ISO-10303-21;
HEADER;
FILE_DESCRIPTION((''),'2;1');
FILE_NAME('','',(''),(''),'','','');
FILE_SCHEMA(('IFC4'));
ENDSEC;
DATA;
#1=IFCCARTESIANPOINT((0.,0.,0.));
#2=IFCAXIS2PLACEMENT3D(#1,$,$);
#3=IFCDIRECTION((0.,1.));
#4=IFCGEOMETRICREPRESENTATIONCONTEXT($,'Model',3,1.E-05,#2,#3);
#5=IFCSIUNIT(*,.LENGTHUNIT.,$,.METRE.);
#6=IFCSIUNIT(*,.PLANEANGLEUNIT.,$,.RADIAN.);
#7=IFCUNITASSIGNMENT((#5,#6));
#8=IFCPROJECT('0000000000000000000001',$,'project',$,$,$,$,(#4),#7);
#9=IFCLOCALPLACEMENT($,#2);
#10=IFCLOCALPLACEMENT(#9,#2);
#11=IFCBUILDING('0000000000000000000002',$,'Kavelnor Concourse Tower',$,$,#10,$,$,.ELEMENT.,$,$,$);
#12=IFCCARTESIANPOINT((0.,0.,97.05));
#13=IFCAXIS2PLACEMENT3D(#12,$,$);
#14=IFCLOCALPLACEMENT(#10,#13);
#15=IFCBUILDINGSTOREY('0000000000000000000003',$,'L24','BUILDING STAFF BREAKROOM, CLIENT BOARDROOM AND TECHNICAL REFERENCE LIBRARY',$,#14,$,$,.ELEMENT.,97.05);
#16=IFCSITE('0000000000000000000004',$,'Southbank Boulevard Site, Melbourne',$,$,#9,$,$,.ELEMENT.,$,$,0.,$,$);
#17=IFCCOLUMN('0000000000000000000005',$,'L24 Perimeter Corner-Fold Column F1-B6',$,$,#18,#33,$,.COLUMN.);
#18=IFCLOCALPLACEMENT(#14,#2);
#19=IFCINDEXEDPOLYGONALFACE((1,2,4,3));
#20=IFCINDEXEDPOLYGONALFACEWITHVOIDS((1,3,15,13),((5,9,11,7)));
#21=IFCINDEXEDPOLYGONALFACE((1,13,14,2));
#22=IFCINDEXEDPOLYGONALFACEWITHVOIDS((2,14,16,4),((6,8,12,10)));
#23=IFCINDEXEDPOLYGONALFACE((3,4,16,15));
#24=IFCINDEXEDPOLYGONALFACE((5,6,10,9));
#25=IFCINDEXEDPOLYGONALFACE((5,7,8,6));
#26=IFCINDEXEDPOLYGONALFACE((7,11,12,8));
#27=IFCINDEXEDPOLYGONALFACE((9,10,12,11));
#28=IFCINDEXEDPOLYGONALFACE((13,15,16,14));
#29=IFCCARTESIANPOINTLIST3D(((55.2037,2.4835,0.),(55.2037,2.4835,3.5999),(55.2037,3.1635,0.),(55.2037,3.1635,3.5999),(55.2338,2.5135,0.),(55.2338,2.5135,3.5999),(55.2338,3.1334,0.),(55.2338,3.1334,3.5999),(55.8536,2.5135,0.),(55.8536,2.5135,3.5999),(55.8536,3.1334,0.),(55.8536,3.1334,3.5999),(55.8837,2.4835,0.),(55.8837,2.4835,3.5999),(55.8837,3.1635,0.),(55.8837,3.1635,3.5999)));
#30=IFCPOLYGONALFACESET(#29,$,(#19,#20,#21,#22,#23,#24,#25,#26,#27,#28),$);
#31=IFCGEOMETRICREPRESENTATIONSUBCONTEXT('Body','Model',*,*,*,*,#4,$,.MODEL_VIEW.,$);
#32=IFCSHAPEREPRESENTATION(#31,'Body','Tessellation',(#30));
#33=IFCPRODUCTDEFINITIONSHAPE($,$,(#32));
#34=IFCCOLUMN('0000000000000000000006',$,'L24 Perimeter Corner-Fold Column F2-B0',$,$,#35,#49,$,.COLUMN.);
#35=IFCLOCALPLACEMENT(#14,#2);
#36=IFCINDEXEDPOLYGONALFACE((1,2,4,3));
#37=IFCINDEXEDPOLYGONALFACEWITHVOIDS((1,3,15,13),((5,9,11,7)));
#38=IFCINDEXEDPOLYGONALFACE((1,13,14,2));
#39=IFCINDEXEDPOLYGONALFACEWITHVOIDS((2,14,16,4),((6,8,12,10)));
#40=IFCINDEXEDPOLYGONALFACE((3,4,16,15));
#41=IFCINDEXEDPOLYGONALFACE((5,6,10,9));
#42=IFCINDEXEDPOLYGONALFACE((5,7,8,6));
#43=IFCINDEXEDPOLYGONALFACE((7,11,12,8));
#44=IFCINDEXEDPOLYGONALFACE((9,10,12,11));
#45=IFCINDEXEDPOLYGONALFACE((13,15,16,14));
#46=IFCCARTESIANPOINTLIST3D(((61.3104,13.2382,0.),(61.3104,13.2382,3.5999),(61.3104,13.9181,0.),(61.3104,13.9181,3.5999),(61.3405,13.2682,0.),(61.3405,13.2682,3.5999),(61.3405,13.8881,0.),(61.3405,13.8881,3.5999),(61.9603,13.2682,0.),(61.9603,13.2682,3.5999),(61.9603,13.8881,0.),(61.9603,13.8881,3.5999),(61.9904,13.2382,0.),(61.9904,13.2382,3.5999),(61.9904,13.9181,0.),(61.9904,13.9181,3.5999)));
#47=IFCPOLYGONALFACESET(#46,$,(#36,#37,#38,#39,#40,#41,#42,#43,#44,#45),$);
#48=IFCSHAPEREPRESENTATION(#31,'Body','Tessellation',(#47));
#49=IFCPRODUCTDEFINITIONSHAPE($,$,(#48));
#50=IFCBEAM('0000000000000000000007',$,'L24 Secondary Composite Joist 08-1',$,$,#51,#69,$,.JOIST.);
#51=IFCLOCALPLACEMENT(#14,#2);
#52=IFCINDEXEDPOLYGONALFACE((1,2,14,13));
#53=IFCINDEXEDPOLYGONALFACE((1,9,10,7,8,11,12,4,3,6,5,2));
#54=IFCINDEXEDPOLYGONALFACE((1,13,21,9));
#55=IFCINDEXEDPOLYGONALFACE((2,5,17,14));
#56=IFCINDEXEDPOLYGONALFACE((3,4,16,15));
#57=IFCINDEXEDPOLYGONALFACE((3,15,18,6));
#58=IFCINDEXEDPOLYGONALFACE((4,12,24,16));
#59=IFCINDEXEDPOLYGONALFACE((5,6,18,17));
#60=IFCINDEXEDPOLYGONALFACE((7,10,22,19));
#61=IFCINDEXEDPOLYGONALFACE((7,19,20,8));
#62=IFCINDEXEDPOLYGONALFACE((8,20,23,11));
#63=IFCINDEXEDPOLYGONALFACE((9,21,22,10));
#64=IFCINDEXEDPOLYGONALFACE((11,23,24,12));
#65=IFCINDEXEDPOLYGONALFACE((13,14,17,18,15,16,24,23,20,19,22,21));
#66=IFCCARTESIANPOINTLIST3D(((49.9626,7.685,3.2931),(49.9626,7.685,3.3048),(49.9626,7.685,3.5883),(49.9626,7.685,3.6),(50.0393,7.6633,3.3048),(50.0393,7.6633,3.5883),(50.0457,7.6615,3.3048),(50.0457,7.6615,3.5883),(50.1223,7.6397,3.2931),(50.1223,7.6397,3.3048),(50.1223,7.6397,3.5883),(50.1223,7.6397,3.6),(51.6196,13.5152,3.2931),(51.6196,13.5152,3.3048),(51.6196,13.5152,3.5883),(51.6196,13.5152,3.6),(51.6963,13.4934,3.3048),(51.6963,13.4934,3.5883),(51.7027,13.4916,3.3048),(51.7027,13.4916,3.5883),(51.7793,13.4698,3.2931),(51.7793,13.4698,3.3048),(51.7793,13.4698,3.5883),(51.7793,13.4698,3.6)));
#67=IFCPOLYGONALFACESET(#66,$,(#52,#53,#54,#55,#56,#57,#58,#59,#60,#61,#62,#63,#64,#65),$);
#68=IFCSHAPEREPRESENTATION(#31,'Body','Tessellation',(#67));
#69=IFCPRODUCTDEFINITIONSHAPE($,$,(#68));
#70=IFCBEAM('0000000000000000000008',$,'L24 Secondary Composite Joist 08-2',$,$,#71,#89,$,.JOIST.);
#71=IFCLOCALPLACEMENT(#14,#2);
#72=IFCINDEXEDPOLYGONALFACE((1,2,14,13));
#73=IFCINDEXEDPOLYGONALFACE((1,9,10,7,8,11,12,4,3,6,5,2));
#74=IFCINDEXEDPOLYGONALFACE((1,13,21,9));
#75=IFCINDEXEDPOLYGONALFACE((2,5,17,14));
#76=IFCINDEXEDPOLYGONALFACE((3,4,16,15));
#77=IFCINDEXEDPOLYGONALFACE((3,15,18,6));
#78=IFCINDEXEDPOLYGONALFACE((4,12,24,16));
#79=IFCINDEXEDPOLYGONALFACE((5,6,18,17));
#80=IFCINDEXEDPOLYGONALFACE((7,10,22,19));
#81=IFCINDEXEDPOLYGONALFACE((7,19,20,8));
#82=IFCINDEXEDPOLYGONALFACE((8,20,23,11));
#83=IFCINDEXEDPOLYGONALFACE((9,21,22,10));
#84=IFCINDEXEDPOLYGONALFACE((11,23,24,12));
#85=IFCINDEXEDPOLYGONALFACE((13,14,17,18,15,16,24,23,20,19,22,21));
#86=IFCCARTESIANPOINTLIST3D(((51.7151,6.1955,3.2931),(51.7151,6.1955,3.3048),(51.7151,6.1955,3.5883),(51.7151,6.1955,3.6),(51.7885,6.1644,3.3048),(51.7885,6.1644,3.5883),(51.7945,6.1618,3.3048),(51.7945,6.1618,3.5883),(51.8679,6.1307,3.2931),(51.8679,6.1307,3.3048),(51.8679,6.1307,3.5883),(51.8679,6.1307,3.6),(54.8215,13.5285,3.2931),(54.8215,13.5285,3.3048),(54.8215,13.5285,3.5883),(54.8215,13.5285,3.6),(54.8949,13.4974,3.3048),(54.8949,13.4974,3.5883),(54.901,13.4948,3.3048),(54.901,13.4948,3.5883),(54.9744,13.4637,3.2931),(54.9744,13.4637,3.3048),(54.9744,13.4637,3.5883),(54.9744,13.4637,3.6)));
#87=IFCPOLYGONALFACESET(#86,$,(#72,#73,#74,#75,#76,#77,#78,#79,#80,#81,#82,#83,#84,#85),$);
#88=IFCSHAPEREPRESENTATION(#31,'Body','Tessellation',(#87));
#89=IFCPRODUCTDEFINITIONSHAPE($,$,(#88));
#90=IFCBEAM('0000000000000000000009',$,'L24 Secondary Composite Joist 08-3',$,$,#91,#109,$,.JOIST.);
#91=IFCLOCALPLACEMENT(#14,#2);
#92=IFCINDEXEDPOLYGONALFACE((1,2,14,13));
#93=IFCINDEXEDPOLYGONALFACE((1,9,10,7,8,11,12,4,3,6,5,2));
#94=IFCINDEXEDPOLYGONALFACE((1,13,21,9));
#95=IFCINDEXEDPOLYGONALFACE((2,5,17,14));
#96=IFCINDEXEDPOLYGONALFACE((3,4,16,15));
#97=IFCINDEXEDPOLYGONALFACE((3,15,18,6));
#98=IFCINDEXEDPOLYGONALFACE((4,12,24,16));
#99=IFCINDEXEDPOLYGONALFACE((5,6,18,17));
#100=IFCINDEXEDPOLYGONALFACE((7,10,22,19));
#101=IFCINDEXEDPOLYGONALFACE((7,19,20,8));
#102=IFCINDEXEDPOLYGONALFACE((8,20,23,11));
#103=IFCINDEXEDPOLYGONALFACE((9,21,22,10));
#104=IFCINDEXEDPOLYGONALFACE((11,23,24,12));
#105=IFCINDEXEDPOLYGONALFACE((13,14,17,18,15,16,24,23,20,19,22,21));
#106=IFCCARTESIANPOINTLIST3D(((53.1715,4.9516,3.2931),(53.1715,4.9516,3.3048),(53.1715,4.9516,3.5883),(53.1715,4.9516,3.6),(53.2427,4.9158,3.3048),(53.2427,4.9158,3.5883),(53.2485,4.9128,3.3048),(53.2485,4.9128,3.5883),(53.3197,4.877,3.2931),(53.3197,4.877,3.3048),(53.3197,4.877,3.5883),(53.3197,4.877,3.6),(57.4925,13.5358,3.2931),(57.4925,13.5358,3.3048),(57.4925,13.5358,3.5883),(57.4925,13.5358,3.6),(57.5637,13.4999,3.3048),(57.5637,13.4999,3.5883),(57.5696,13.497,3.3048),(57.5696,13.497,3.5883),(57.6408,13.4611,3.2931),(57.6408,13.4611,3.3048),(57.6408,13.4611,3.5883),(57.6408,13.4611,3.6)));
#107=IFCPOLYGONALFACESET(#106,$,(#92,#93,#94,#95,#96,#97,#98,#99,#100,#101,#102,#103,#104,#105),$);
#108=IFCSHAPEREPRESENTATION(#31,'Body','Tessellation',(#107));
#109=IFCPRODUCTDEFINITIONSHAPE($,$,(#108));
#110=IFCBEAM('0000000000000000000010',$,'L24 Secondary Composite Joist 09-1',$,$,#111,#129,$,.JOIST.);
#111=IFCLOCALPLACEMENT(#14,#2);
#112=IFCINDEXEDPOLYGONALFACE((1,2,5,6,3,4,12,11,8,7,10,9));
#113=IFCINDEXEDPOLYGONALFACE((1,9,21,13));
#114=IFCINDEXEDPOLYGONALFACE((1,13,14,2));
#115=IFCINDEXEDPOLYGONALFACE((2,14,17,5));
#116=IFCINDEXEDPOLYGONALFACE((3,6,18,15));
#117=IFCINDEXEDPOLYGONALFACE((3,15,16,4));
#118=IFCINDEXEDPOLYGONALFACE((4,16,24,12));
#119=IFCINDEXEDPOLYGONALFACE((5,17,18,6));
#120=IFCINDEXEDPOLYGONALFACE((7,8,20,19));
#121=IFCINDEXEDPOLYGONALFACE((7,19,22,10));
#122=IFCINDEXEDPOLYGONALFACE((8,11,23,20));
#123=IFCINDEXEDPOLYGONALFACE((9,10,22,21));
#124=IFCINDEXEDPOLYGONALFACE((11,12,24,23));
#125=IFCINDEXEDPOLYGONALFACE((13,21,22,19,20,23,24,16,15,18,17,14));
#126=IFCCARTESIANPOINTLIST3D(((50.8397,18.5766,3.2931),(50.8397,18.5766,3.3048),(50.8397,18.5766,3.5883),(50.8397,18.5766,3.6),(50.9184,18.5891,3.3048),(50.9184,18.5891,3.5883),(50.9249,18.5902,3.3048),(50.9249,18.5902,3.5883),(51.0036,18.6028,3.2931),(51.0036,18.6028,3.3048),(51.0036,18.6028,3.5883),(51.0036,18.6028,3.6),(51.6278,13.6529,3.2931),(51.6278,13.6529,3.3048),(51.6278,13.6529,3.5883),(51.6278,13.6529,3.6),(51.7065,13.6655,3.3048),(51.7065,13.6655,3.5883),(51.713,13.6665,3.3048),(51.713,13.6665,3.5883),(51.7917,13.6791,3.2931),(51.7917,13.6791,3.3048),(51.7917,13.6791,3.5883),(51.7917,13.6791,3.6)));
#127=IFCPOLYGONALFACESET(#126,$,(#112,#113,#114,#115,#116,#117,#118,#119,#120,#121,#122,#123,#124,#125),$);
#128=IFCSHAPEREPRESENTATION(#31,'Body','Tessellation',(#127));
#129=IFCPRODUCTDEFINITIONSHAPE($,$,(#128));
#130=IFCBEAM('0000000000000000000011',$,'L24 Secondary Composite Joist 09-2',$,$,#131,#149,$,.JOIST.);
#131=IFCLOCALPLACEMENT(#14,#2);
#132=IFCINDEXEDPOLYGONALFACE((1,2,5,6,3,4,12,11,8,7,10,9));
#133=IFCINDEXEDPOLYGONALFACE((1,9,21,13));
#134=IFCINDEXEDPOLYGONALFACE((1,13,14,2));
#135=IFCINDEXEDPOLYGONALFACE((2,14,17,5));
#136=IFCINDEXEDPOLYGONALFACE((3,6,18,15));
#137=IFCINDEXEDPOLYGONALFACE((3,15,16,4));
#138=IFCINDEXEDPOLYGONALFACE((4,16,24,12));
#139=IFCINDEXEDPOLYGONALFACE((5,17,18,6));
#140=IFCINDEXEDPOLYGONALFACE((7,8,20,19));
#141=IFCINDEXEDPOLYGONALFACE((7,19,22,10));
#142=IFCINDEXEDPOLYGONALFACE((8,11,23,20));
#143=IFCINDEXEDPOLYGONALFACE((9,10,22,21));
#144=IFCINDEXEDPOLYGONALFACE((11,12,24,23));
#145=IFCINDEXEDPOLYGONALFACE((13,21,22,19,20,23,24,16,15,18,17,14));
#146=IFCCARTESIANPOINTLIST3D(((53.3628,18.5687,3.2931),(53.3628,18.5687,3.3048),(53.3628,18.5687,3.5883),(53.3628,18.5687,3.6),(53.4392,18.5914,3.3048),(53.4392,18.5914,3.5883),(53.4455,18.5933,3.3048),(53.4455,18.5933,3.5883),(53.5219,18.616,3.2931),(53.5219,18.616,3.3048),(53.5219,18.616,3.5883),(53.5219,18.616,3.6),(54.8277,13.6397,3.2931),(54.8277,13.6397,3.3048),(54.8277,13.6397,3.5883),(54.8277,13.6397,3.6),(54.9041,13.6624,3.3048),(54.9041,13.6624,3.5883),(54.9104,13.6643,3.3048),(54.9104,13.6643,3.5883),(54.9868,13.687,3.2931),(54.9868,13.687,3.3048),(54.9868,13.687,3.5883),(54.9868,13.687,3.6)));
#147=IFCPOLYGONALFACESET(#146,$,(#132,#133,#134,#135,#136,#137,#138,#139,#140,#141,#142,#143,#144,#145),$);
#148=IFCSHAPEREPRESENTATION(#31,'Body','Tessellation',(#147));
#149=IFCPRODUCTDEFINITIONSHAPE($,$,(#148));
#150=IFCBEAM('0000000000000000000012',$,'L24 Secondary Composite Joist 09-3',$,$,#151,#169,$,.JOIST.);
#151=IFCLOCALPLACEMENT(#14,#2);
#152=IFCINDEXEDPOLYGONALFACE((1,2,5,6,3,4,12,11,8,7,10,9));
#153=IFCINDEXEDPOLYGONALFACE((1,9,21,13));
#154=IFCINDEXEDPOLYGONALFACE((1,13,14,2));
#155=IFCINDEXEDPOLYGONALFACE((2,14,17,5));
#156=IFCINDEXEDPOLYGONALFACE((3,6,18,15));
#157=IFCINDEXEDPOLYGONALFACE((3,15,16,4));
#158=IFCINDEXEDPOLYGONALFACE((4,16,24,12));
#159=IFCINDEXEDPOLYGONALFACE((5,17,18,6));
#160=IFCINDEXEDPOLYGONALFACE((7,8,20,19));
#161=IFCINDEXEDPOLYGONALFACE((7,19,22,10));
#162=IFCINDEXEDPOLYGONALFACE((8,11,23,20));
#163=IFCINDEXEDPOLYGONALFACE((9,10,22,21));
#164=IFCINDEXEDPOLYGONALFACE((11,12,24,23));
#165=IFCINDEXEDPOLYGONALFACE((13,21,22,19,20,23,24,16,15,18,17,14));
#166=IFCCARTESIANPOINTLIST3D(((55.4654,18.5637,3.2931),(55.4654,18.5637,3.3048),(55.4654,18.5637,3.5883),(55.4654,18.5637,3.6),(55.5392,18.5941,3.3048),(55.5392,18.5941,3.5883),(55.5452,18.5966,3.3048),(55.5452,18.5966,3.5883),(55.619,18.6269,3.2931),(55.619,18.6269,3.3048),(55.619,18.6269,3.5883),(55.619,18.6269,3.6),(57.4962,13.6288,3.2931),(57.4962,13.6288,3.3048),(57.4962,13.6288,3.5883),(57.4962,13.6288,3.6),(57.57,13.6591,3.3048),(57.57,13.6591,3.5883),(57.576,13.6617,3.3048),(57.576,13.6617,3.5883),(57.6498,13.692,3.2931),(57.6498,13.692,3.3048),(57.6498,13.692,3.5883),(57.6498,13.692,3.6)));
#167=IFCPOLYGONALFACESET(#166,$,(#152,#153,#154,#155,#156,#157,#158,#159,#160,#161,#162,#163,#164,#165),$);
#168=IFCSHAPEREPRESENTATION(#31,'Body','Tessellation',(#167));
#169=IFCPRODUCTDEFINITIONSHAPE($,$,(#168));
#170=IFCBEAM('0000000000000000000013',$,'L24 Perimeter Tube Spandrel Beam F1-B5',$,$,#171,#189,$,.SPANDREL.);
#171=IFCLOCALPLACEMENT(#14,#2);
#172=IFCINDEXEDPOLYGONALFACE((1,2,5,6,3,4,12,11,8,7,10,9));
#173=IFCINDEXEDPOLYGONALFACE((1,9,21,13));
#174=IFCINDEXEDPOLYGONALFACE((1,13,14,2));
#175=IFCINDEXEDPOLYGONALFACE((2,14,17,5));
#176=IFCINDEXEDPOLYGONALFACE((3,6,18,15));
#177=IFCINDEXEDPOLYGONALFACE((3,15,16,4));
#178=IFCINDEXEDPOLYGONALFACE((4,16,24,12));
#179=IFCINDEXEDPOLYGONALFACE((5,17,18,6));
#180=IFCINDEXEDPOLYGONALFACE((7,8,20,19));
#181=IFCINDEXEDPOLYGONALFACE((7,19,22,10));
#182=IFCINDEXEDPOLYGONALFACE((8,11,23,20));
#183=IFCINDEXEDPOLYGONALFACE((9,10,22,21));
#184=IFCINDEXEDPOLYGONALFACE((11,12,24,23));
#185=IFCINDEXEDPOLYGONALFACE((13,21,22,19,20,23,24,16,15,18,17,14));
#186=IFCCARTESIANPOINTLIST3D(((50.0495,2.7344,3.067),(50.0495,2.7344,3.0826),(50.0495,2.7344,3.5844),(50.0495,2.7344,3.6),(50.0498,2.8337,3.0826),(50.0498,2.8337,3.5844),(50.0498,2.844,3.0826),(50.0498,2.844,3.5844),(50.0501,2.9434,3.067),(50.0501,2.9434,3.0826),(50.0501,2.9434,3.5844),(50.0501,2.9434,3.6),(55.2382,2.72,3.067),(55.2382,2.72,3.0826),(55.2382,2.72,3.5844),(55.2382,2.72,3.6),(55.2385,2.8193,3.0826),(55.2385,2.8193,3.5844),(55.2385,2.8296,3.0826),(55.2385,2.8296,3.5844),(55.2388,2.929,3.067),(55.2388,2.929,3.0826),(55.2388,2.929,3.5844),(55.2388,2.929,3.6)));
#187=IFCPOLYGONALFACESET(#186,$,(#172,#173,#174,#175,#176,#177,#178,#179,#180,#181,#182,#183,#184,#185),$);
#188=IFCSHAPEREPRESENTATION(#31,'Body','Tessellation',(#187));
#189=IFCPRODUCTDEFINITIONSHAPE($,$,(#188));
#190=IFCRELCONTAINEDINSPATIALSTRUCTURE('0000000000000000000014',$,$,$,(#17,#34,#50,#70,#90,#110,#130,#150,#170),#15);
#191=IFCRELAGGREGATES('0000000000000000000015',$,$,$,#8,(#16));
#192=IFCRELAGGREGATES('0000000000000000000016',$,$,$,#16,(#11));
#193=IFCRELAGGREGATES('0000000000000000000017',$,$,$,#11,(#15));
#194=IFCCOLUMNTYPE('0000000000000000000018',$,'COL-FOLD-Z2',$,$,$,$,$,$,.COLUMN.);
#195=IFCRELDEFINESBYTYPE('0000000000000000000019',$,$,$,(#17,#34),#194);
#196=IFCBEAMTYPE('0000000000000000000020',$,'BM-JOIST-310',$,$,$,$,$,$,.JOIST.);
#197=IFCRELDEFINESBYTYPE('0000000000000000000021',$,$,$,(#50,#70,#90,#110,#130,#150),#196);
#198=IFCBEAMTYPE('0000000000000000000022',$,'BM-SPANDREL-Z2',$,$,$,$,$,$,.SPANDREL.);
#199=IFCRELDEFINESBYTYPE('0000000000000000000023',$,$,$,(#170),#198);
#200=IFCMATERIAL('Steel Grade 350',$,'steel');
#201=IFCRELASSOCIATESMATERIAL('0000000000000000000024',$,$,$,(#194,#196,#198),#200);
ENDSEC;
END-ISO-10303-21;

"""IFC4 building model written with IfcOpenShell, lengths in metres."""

from ifc_helpers import new_model, si_unit, direction, frame, origin, origin_2d, place, context, subcontext, project, spatial, hollow_rectangle, i_section, extrude, material, material_profile, profile_set, type_object, element, save


model = new_model("IFC4")

# Units and contexts
model_context = context("Model", 3, precision=1e-05, world=origin(), true_north=direction((0.0, 1.0)))
body_context = subcontext(model_context, "Body", "Model", "MODEL_VIEW")
ifc_project = project(units=[si_unit("LENGTHUNIT", "METRE"), si_unit("PLANEANGLEUNIT", "RADIAN")], contexts=[model_context])

# Site, building, storey
site_placement = place(None, origin())
site = spatial("IfcSite", under=ifc_project, at=site_placement, Name="Southbank Boulevard Site, Melbourne", CompositionType="ELEMENT", RefElevation=0.0)
building_placement = place(site_placement, origin())
building = spatial("IfcBuilding", under=site, at=building_placement, Name="Kavelnor Concourse Tower", CompositionType="ELEMENT")
storey_placement = place(building_placement, frame((0.0, 0.0, 97.05)))
storey = spatial("IfcBuildingStorey", under=building, at=storey_placement, Name="L24", Description="BUILDING STAFF BREAKROOM, CLIENT BOARDROOM AND TECHNICAL REFERENCE LIBRARY", CompositionType="ELEMENT", Elevation=97.05)

# Columns
ifc_material_1 = material(Name="Steel Grade 350", Category="steel")
ifc_material_profile_1 = material_profile(ifc_material_1, hollow_rectangle(XDim=0.6799, YDim=0.6799, WallThickness=0.03, at=origin_2d()), Name="SHS 680x680x30")
ifc_profile_set_1 = profile_set([ifc_material_profile_1], Name="Steel Grade 350")
column_type = type_object("IfcColumnType", Name="COL-FOLD-Z2", PredefinedType="COLUMN", material=ifc_profile_set_1)
for number, where, z_axis, x_axis, name in (
    (1, (55.5437, 2.8235, 0.0), (0.0, 0.0, 1.0), (1.0, 0.0, 0.0), "L24 Perimeter Corner-Fold Column F1-B6"),
    (2, (61.6504, 13.5781, 0.0), (0.0, 0.0, 1.0), (1.0, 0.0, 0.0), "L24 Perimeter Corner-Fold Column F2-B0"),
):
    element("IfcColumn", number, at=place(storey_placement, frame(where, z_axis=z_axis, x_axis=x_axis)), inside=storey, type_object=column_type, Name=name, PredefinedType="COLUMN", context=body_context, shape_type="SweptSolid", body=[
        extrude(hollow_rectangle(XDim=0.6799, YDim=0.6799, WallThickness=0.03, at=origin_2d()), origin(), (0.0, 0.0, 1.0), 3.5999),
    ])

# Beams
ifc_material_profile_2 = material_profile(ifc_material_1, i_section(OverallWidth=0.166, OverallDepth=0.3069, WebThickness=0.0066, FlangeThickness=0.0117, at=origin_2d()), Name="310UB46")
ifc_profile_set_2 = profile_set([ifc_material_profile_2], Name="Steel Grade 350")
beam_type_1 = type_object("IfcBeamType", Name="BM-JOIST-310", PredefinedType="JOIST", material=ifc_profile_set_2)
beam_1_placement = place(storey_placement, frame((50.0425, 7.6624, 3.4465), z_axis=(0.273386, 0.961905, 0.0), x_axis=(-0.961905, 0.273386, 0.0)))
element("IfcBeam", 3, at=beam_1_placement, inside=storey, type_object=beam_type_1, Name="L24 Secondary Composite Joist 08-1", PredefinedType="JOIST", context=body_context, shape_type="SweptSolid", body=[
    extrude(i_section(OverallWidth=0.166, OverallDepth=0.3069, WebThickness=0.0066, FlangeThickness=0.0117, at=origin_2d()), origin(), (0.0, 0.0, 1.0), 6.061),
])
beam_2_placement = place(storey_placement, frame((51.7915, 6.1631, 3.4465), z_axis=(0.390068, 0.920786, 0.0), x_axis=(-0.920786, 0.390068, 0.0)))
element("IfcBeam", 4, at=beam_2_placement, inside=storey, type_object=beam_type_1, Name="L24 Secondary Composite Joist 08-2", PredefinedType="JOIST", context=body_context, shape_type="SweptSolid", body=[
    extrude(i_section(OverallWidth=0.166, OverallDepth=0.3069, WebThickness=0.0066, FlangeThickness=0.0117, at=origin_2d()), origin(), (0.0, 0.0, 1.0), 7.9639),
])
beam_3_placement = place(storey_placement, frame((53.2456, 4.9143, 3.4465), z_axis=(0.44962, 0.89322, 0.0), x_axis=(-0.89322, 0.44962, 0.0)))
element("IfcBeam", 5, at=beam_3_placement, inside=storey, type_object=beam_type_1, Name="L24 Secondary Composite Joist 08-3", PredefinedType="JOIST", context=body_context, shape_type="SweptSolid", body=[
    extrude(i_section(OverallWidth=0.166, OverallDepth=0.3069, WebThickness=0.0066, FlangeThickness=0.0117, at=origin_2d()), origin(), (0.0, 0.0, 1.0), 9.6104),
])
beam_4_placement = place(storey_placement, frame((51.7097, 13.666, 3.4465), z_axis=(-0.158052, 0.987431, 0.0), x_axis=(-0.987431, -0.158052, 0.0)))
element("IfcBeam", 6, at=beam_4_placement, inside=storey, type_object=beam_type_1, Name="L24 Secondary Composite Joist 09-1", PredefinedType="JOIST", context=body_context, shape_type="SweptSolid", body=[
    extrude(i_section(OverallWidth=0.166, OverallDepth=0.3069, WebThickness=0.0066, FlangeThickness=0.0117, at=origin_2d()), origin(), (0.0, 0.0, 1.0), 4.9863),
])
beam_5_placement = place(storey_placement, frame((54.9072, 13.6633, 3.4465), z_axis=(-0.284877, 0.958564, 0.0), x_axis=(-0.958564, -0.284877, 0.0)))
element("IfcBeam", 7, at=beam_5_placement, inside=storey, type_object=beam_type_1, Name="L24 Secondary Composite Joist 09-2", PredefinedType="JOIST", context=body_context, shape_type="SweptSolid", body=[
    extrude(i_section(OverallWidth=0.166, OverallDepth=0.3069, WebThickness=0.0066, FlangeThickness=0.0117, at=origin_2d()), origin(), (0.0, 0.0, 1.0), 5.1421),
])
beam_6_placement = place(storey_placement, frame((57.573, 13.6604, 3.4465), z_axis=(-0.380554, 0.924759, 0.0), x_axis=(-0.924759, -0.380554, 0.0)))
element("IfcBeam", 8, at=beam_6_placement, inside=storey, type_object=beam_type_1, Name="L24 Secondary Composite Joist 09-3", PredefinedType="JOIST", context=body_context, shape_type="SweptSolid", body=[
    extrude(i_section(OverallWidth=0.166, OverallDepth=0.3069, WebThickness=0.0066, FlangeThickness=0.0117, at=origin_2d()), origin(), (0.0, 0.0, 1.0), 5.3364),
])
ifc_material_profile_3 = material_profile(ifc_material_1, i_section(OverallWidth=0.209, OverallDepth=0.533, WebThickness=0.0103, FlangeThickness=0.0156, at=origin_2d()), Name="530UB92")
ifc_profile_set_3 = profile_set([ifc_material_profile_3], Name="Steel Grade 350")
beam_type_2 = type_object("IfcBeamType", Name="BM-SPANDREL-Z2", PredefinedType="SPANDREL", material=ifc_profile_set_3)
beam_7_placement = place(storey_placement, frame((50.0498, 2.8389, 3.3335), z_axis=(0.999996, -0.002776, 0.0), x_axis=(0.002776, 0.999996, 0.0)))
element("IfcBeam", 9, at=beam_7_placement, inside=storey, type_object=beam_type_2, Name="L24 Perimeter Tube Spandrel Beam F1-B5", PredefinedType="SPANDREL", context=body_context, shape_type="SweptSolid", body=[
    extrude(i_section(OverallWidth=0.209, OverallDepth=0.533, WebThickness=0.0103, FlangeThickness=0.0156, at=origin_2d()), origin(), (0.0, 0.0, 1.0), 5.1887),
])

save(model, "model.ifc")
